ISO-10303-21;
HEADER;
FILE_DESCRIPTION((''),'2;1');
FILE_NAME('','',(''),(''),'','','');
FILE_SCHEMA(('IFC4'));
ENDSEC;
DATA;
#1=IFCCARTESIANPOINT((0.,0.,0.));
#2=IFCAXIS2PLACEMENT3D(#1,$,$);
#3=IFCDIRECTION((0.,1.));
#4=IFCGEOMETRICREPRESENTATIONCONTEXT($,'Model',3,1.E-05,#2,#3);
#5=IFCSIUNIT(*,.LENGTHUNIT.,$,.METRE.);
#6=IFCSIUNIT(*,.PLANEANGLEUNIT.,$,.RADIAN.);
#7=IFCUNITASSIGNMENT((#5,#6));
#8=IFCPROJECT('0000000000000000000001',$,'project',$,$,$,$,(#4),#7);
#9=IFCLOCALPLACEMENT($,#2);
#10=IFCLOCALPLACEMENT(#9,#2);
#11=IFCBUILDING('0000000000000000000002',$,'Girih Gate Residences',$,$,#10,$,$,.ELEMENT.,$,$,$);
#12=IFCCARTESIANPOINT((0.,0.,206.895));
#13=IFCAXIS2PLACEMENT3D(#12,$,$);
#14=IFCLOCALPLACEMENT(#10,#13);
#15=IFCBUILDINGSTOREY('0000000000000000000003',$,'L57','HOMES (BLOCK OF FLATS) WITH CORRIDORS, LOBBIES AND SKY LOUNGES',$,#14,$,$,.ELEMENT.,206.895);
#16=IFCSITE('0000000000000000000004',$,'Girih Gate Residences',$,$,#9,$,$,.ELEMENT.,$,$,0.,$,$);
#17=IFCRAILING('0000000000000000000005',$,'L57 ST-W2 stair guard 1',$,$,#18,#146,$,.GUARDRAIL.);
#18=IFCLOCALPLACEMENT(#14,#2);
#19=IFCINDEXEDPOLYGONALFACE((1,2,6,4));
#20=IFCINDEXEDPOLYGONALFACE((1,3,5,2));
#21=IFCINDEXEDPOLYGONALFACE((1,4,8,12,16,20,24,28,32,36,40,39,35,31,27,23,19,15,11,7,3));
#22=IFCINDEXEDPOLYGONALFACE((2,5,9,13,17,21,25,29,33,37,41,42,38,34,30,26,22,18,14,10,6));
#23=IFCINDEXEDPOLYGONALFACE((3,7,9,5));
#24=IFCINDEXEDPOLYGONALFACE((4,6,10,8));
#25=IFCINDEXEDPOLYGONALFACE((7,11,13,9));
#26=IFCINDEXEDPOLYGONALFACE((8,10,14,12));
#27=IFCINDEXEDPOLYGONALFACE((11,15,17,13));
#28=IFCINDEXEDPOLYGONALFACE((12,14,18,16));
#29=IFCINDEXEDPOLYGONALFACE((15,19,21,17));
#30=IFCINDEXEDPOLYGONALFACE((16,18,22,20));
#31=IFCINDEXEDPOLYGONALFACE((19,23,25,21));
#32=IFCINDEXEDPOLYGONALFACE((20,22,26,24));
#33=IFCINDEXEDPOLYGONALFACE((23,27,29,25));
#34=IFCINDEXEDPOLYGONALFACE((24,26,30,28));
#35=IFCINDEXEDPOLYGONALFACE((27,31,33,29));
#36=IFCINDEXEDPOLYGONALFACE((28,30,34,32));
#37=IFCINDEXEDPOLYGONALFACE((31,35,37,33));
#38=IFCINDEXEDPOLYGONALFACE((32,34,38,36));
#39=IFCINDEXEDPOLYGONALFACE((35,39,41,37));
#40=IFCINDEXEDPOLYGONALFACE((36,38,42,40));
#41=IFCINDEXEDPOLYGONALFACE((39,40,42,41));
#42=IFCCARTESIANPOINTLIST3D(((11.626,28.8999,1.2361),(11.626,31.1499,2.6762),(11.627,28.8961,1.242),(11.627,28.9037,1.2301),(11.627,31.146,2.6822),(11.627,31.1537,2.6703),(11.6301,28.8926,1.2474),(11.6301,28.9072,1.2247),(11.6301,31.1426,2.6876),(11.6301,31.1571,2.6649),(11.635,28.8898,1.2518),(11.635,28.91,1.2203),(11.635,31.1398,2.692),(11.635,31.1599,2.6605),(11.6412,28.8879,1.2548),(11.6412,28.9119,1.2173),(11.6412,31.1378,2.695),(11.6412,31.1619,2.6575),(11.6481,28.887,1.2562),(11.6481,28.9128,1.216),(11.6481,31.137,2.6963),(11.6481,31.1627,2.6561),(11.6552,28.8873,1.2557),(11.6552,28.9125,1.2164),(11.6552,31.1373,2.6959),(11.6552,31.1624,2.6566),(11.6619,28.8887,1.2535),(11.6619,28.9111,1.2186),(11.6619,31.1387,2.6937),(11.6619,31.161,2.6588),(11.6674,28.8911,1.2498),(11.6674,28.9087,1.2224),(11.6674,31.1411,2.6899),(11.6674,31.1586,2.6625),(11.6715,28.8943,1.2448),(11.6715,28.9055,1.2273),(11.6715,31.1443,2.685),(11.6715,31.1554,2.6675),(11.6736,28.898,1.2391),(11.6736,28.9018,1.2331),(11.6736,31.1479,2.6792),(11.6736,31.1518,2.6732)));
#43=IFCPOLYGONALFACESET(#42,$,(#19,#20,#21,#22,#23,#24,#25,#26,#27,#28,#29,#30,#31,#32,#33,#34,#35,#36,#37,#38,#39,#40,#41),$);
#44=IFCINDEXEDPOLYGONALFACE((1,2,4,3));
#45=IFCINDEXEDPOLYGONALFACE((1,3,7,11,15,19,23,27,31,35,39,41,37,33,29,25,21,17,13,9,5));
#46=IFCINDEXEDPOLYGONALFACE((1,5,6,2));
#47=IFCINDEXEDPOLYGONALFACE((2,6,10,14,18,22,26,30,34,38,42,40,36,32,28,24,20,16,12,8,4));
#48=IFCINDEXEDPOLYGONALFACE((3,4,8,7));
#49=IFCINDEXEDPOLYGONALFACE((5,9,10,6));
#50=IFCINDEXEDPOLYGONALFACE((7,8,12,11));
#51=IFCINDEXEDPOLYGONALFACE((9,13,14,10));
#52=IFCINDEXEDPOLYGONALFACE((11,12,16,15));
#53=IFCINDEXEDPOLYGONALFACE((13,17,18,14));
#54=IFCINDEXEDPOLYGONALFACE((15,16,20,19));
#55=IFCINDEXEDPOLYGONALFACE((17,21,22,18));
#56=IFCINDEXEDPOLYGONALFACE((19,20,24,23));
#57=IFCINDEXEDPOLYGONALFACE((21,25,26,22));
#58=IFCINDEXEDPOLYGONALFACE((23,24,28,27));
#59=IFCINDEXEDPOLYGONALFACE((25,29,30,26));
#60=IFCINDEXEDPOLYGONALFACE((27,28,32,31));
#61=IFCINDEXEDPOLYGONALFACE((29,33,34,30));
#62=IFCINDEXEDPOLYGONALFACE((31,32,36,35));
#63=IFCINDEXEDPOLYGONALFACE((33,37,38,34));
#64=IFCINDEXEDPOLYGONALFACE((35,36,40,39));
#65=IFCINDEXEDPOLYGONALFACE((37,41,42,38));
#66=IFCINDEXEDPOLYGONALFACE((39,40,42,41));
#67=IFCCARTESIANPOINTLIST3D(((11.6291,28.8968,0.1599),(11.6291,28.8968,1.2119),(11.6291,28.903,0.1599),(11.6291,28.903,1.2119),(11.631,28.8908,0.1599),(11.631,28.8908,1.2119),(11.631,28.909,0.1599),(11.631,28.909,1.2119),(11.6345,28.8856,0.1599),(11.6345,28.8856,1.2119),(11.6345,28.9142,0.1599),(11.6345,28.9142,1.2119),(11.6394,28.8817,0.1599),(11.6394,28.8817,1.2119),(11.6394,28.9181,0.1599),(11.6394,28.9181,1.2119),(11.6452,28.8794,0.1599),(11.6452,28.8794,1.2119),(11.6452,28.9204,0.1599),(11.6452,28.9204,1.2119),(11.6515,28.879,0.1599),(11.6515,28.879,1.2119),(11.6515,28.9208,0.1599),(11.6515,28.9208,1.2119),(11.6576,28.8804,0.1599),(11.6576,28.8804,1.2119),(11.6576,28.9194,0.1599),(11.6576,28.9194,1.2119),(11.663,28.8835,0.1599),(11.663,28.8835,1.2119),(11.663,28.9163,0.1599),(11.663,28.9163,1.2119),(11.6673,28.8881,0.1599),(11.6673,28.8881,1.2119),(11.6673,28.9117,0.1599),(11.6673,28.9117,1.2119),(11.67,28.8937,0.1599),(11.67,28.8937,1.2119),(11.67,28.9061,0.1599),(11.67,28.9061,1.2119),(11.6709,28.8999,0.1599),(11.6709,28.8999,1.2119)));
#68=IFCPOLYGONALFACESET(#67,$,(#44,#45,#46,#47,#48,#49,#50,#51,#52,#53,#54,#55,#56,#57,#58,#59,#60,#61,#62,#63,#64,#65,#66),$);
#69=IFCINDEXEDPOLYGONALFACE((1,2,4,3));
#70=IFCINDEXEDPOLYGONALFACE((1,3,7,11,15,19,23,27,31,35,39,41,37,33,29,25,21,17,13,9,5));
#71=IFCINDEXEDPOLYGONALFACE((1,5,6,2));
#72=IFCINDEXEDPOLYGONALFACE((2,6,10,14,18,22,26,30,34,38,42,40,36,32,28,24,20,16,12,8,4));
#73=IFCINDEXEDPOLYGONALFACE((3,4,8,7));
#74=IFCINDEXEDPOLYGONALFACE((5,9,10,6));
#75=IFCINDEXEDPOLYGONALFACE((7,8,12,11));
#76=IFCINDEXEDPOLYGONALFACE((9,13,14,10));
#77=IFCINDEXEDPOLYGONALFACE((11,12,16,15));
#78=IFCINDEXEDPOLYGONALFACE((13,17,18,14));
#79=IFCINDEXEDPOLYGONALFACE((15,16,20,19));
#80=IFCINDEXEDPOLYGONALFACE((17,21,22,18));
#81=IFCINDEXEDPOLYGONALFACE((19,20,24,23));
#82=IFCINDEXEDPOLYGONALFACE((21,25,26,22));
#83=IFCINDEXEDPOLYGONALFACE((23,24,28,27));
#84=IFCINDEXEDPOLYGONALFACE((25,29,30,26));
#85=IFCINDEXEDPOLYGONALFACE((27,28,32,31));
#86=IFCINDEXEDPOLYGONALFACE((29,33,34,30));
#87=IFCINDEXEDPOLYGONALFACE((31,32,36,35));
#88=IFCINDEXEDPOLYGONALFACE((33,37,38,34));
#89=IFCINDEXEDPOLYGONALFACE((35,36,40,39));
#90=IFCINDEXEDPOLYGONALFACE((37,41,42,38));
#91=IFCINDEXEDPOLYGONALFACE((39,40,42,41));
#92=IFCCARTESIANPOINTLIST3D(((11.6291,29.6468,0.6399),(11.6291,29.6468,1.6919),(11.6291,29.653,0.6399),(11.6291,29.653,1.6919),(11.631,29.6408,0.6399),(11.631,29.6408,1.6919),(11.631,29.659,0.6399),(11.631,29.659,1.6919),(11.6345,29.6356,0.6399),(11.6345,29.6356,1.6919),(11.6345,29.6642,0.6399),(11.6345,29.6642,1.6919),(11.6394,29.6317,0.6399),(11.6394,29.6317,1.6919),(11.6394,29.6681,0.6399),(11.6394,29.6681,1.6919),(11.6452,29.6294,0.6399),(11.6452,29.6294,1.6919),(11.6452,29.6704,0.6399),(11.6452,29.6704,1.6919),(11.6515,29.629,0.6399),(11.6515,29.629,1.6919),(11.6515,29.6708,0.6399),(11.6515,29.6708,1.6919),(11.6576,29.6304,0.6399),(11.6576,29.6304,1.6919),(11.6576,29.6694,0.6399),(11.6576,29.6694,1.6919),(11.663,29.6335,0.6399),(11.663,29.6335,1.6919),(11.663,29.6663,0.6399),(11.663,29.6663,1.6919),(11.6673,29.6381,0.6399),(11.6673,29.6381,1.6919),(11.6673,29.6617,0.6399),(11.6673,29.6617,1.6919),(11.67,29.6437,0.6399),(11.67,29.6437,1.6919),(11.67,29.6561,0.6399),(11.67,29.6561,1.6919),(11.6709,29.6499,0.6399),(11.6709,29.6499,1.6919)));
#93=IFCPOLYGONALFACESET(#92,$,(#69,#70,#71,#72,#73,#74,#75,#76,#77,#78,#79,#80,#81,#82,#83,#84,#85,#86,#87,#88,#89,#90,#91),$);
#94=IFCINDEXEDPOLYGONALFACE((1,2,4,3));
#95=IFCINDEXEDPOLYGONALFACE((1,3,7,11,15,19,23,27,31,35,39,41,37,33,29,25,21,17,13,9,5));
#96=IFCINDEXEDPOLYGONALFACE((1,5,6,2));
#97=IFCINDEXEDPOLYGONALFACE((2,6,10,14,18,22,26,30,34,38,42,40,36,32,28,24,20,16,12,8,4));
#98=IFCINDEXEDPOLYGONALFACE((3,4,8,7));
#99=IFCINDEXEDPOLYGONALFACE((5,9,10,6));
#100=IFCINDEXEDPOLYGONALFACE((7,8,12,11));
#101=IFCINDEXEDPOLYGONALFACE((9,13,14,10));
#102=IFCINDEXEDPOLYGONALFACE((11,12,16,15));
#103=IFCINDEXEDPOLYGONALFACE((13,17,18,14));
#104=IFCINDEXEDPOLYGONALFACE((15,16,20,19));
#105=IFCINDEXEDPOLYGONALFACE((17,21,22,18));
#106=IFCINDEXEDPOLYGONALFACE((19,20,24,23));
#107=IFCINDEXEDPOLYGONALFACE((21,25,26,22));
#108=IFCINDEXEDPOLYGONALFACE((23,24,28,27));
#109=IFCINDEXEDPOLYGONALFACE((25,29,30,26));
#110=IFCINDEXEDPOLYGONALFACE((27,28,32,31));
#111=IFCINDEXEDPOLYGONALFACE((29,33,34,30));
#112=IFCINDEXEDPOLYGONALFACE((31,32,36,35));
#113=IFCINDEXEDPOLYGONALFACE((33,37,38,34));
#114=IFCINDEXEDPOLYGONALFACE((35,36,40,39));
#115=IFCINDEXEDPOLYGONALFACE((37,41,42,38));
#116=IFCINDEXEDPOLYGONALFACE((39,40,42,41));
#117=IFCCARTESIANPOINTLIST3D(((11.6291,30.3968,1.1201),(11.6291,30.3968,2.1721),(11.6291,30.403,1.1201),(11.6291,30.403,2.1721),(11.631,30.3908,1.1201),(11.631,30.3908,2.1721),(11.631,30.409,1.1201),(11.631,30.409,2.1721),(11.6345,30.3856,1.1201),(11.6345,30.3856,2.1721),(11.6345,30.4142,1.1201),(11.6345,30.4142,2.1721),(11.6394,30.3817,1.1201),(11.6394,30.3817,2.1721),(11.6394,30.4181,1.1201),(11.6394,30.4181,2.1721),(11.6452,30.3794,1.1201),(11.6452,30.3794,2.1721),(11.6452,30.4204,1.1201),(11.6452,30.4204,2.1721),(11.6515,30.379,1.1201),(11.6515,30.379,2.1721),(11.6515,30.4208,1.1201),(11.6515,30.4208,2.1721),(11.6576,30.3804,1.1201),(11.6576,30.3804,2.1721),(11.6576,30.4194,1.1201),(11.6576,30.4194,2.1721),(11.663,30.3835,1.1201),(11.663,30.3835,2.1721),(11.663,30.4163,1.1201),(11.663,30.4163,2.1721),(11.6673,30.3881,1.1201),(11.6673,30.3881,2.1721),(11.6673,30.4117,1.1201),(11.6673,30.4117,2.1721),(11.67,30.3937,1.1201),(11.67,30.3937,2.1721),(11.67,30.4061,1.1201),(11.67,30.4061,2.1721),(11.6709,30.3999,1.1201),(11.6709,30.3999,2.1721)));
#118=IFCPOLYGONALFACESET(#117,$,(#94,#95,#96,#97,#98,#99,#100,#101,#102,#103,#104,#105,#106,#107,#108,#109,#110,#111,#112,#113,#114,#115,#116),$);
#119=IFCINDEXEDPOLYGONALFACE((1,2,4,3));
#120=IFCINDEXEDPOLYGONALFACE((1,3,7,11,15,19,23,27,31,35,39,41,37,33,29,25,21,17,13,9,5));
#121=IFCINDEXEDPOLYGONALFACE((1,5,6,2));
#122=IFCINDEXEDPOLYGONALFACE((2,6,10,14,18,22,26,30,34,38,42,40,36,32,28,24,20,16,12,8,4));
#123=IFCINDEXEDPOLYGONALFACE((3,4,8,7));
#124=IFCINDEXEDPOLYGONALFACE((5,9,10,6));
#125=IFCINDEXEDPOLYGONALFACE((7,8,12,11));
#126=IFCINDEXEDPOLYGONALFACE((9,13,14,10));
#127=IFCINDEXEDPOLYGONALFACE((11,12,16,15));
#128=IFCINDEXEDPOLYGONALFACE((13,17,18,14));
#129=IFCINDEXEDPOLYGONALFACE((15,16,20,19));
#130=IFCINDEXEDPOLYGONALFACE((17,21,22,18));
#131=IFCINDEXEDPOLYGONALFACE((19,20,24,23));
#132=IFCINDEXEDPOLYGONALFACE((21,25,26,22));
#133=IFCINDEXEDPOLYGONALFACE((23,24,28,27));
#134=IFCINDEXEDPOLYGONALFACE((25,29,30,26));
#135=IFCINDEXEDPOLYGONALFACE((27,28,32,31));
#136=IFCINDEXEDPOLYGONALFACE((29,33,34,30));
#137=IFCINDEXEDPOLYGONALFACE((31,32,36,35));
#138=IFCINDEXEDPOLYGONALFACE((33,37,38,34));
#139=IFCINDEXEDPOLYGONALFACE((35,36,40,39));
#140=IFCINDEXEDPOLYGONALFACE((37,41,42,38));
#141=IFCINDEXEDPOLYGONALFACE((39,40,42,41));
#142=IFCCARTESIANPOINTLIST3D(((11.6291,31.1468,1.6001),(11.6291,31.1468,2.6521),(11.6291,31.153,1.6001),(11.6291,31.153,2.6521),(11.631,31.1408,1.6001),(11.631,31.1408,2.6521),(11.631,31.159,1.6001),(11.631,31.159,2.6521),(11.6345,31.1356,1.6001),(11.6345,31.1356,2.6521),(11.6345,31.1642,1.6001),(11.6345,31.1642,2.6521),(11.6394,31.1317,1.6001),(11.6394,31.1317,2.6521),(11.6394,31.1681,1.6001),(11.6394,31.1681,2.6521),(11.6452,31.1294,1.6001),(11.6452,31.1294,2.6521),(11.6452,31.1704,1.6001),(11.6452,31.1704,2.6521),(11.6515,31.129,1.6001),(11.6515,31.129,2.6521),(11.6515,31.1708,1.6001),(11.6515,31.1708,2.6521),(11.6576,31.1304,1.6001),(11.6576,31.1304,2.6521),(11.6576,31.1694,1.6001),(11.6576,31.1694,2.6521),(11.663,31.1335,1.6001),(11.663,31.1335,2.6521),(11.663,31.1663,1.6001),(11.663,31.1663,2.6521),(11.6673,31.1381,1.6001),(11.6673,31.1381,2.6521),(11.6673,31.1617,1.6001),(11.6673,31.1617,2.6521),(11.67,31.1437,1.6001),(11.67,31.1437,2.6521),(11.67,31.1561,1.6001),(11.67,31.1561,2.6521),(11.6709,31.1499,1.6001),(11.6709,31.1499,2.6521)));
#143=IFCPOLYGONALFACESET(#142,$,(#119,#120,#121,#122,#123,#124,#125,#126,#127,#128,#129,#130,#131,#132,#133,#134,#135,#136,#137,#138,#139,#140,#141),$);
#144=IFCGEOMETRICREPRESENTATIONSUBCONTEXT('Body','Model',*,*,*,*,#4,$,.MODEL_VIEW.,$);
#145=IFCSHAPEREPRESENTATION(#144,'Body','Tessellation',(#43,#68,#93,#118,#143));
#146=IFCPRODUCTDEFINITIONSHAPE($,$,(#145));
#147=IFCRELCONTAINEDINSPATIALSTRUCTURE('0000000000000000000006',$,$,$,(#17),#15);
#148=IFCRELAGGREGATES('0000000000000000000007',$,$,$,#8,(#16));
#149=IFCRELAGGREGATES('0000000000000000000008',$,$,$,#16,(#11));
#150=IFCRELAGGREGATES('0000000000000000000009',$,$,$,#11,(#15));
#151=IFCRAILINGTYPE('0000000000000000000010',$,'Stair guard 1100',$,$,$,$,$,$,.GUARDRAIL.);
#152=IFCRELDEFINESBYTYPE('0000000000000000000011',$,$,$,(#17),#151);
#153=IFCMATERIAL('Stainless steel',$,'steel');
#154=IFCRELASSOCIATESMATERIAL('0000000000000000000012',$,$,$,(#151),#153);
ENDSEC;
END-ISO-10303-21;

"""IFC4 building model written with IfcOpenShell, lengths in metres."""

from ifc_helpers import new_model, si_unit, direction, frame, origin, origin_2d, place, context, subcontext, project, spatial, circle, extrude, material, type_object, element, save


model = new_model("IFC4")

# Units and contexts
model_context = context("Model", 3, precision=1e-05, world=origin(), true_north=direction((0.0, 1.0)))
body_context = subcontext(model_context, "Body", "Model", "MODEL_VIEW")
ifc_project = project(units=[si_unit("LENGTHUNIT", "METRE"), si_unit("PLANEANGLEUNIT", "RADIAN")], contexts=[model_context])

# Site, building, storey
site_placement = place(None, origin())
site = spatial("IfcSite", under=ifc_project, at=site_placement, Name="Girih Gate Residences", CompositionType="ELEMENT", RefElevation=0.0)
building_placement = place(site_placement, origin())
building = spatial("IfcBuilding", under=site, at=building_placement, Name="Girih Gate Residences", CompositionType="ELEMENT")
storey_placement = place(building_placement, frame((0.0, 0.0, 206.895)))
storey = spatial("IfcBuildingStorey", under=building, at=storey_placement, Name="L57", Description="HOMES (BLOCK OF FLATS) WITH CORRIDORS, LOBBIES AND SKY LOUNGES", CompositionType="ELEMENT", Elevation=206.895)

# Railing
ifc_material_1 = material(Name="Stainless steel", Category="steel")
railing_type_1 = type_object("IfcRailingType", Name="Stair guard 1100", PredefinedType="GUARDRAIL", material=ifc_material_1)
railing_1_placement = place(storey_placement, frame((11.6499, 28.8999, 0.1599)))
element("IfcRailing", 1, at=railing_1_placement, inside=storey, type_object=railing_type_1, Name="L57 ST-W2 stair guard 1", PredefinedType="GUARDRAIL", context=body_context, shape_type="SweptSolid", body=[
    extrude(circle(Radius=0.0239, at=origin_2d()), frame((0.0, 0.0, 1.0762), z_axis=(0.0, 0.84224, 0.539103), x_axis=(-1.0, 0.0, 0.0)), (0.0, 0.0, 1.0), 2.6714),
    extrude(circle(Radius=0.021, at=origin_2d()), origin(), (0.0, 0.0, 1.0), 1.052),
    extrude(circle(Radius=0.021, at=origin_2d()), frame((0.0, 0.75, 0.48)), (0.0, 0.0, 1.0), 1.052),
    extrude(circle(Radius=0.021, at=origin_2d()), frame((0.0, 1.5, 0.9602)), (0.0, 0.0, 1.0), 1.052),
    extrude(circle(Radius=0.021, at=origin_2d()), frame((0.0, 2.25, 1.4402)), (0.0, 0.0, 1.0), 1.052),
])

save(model, "model.ifc")
